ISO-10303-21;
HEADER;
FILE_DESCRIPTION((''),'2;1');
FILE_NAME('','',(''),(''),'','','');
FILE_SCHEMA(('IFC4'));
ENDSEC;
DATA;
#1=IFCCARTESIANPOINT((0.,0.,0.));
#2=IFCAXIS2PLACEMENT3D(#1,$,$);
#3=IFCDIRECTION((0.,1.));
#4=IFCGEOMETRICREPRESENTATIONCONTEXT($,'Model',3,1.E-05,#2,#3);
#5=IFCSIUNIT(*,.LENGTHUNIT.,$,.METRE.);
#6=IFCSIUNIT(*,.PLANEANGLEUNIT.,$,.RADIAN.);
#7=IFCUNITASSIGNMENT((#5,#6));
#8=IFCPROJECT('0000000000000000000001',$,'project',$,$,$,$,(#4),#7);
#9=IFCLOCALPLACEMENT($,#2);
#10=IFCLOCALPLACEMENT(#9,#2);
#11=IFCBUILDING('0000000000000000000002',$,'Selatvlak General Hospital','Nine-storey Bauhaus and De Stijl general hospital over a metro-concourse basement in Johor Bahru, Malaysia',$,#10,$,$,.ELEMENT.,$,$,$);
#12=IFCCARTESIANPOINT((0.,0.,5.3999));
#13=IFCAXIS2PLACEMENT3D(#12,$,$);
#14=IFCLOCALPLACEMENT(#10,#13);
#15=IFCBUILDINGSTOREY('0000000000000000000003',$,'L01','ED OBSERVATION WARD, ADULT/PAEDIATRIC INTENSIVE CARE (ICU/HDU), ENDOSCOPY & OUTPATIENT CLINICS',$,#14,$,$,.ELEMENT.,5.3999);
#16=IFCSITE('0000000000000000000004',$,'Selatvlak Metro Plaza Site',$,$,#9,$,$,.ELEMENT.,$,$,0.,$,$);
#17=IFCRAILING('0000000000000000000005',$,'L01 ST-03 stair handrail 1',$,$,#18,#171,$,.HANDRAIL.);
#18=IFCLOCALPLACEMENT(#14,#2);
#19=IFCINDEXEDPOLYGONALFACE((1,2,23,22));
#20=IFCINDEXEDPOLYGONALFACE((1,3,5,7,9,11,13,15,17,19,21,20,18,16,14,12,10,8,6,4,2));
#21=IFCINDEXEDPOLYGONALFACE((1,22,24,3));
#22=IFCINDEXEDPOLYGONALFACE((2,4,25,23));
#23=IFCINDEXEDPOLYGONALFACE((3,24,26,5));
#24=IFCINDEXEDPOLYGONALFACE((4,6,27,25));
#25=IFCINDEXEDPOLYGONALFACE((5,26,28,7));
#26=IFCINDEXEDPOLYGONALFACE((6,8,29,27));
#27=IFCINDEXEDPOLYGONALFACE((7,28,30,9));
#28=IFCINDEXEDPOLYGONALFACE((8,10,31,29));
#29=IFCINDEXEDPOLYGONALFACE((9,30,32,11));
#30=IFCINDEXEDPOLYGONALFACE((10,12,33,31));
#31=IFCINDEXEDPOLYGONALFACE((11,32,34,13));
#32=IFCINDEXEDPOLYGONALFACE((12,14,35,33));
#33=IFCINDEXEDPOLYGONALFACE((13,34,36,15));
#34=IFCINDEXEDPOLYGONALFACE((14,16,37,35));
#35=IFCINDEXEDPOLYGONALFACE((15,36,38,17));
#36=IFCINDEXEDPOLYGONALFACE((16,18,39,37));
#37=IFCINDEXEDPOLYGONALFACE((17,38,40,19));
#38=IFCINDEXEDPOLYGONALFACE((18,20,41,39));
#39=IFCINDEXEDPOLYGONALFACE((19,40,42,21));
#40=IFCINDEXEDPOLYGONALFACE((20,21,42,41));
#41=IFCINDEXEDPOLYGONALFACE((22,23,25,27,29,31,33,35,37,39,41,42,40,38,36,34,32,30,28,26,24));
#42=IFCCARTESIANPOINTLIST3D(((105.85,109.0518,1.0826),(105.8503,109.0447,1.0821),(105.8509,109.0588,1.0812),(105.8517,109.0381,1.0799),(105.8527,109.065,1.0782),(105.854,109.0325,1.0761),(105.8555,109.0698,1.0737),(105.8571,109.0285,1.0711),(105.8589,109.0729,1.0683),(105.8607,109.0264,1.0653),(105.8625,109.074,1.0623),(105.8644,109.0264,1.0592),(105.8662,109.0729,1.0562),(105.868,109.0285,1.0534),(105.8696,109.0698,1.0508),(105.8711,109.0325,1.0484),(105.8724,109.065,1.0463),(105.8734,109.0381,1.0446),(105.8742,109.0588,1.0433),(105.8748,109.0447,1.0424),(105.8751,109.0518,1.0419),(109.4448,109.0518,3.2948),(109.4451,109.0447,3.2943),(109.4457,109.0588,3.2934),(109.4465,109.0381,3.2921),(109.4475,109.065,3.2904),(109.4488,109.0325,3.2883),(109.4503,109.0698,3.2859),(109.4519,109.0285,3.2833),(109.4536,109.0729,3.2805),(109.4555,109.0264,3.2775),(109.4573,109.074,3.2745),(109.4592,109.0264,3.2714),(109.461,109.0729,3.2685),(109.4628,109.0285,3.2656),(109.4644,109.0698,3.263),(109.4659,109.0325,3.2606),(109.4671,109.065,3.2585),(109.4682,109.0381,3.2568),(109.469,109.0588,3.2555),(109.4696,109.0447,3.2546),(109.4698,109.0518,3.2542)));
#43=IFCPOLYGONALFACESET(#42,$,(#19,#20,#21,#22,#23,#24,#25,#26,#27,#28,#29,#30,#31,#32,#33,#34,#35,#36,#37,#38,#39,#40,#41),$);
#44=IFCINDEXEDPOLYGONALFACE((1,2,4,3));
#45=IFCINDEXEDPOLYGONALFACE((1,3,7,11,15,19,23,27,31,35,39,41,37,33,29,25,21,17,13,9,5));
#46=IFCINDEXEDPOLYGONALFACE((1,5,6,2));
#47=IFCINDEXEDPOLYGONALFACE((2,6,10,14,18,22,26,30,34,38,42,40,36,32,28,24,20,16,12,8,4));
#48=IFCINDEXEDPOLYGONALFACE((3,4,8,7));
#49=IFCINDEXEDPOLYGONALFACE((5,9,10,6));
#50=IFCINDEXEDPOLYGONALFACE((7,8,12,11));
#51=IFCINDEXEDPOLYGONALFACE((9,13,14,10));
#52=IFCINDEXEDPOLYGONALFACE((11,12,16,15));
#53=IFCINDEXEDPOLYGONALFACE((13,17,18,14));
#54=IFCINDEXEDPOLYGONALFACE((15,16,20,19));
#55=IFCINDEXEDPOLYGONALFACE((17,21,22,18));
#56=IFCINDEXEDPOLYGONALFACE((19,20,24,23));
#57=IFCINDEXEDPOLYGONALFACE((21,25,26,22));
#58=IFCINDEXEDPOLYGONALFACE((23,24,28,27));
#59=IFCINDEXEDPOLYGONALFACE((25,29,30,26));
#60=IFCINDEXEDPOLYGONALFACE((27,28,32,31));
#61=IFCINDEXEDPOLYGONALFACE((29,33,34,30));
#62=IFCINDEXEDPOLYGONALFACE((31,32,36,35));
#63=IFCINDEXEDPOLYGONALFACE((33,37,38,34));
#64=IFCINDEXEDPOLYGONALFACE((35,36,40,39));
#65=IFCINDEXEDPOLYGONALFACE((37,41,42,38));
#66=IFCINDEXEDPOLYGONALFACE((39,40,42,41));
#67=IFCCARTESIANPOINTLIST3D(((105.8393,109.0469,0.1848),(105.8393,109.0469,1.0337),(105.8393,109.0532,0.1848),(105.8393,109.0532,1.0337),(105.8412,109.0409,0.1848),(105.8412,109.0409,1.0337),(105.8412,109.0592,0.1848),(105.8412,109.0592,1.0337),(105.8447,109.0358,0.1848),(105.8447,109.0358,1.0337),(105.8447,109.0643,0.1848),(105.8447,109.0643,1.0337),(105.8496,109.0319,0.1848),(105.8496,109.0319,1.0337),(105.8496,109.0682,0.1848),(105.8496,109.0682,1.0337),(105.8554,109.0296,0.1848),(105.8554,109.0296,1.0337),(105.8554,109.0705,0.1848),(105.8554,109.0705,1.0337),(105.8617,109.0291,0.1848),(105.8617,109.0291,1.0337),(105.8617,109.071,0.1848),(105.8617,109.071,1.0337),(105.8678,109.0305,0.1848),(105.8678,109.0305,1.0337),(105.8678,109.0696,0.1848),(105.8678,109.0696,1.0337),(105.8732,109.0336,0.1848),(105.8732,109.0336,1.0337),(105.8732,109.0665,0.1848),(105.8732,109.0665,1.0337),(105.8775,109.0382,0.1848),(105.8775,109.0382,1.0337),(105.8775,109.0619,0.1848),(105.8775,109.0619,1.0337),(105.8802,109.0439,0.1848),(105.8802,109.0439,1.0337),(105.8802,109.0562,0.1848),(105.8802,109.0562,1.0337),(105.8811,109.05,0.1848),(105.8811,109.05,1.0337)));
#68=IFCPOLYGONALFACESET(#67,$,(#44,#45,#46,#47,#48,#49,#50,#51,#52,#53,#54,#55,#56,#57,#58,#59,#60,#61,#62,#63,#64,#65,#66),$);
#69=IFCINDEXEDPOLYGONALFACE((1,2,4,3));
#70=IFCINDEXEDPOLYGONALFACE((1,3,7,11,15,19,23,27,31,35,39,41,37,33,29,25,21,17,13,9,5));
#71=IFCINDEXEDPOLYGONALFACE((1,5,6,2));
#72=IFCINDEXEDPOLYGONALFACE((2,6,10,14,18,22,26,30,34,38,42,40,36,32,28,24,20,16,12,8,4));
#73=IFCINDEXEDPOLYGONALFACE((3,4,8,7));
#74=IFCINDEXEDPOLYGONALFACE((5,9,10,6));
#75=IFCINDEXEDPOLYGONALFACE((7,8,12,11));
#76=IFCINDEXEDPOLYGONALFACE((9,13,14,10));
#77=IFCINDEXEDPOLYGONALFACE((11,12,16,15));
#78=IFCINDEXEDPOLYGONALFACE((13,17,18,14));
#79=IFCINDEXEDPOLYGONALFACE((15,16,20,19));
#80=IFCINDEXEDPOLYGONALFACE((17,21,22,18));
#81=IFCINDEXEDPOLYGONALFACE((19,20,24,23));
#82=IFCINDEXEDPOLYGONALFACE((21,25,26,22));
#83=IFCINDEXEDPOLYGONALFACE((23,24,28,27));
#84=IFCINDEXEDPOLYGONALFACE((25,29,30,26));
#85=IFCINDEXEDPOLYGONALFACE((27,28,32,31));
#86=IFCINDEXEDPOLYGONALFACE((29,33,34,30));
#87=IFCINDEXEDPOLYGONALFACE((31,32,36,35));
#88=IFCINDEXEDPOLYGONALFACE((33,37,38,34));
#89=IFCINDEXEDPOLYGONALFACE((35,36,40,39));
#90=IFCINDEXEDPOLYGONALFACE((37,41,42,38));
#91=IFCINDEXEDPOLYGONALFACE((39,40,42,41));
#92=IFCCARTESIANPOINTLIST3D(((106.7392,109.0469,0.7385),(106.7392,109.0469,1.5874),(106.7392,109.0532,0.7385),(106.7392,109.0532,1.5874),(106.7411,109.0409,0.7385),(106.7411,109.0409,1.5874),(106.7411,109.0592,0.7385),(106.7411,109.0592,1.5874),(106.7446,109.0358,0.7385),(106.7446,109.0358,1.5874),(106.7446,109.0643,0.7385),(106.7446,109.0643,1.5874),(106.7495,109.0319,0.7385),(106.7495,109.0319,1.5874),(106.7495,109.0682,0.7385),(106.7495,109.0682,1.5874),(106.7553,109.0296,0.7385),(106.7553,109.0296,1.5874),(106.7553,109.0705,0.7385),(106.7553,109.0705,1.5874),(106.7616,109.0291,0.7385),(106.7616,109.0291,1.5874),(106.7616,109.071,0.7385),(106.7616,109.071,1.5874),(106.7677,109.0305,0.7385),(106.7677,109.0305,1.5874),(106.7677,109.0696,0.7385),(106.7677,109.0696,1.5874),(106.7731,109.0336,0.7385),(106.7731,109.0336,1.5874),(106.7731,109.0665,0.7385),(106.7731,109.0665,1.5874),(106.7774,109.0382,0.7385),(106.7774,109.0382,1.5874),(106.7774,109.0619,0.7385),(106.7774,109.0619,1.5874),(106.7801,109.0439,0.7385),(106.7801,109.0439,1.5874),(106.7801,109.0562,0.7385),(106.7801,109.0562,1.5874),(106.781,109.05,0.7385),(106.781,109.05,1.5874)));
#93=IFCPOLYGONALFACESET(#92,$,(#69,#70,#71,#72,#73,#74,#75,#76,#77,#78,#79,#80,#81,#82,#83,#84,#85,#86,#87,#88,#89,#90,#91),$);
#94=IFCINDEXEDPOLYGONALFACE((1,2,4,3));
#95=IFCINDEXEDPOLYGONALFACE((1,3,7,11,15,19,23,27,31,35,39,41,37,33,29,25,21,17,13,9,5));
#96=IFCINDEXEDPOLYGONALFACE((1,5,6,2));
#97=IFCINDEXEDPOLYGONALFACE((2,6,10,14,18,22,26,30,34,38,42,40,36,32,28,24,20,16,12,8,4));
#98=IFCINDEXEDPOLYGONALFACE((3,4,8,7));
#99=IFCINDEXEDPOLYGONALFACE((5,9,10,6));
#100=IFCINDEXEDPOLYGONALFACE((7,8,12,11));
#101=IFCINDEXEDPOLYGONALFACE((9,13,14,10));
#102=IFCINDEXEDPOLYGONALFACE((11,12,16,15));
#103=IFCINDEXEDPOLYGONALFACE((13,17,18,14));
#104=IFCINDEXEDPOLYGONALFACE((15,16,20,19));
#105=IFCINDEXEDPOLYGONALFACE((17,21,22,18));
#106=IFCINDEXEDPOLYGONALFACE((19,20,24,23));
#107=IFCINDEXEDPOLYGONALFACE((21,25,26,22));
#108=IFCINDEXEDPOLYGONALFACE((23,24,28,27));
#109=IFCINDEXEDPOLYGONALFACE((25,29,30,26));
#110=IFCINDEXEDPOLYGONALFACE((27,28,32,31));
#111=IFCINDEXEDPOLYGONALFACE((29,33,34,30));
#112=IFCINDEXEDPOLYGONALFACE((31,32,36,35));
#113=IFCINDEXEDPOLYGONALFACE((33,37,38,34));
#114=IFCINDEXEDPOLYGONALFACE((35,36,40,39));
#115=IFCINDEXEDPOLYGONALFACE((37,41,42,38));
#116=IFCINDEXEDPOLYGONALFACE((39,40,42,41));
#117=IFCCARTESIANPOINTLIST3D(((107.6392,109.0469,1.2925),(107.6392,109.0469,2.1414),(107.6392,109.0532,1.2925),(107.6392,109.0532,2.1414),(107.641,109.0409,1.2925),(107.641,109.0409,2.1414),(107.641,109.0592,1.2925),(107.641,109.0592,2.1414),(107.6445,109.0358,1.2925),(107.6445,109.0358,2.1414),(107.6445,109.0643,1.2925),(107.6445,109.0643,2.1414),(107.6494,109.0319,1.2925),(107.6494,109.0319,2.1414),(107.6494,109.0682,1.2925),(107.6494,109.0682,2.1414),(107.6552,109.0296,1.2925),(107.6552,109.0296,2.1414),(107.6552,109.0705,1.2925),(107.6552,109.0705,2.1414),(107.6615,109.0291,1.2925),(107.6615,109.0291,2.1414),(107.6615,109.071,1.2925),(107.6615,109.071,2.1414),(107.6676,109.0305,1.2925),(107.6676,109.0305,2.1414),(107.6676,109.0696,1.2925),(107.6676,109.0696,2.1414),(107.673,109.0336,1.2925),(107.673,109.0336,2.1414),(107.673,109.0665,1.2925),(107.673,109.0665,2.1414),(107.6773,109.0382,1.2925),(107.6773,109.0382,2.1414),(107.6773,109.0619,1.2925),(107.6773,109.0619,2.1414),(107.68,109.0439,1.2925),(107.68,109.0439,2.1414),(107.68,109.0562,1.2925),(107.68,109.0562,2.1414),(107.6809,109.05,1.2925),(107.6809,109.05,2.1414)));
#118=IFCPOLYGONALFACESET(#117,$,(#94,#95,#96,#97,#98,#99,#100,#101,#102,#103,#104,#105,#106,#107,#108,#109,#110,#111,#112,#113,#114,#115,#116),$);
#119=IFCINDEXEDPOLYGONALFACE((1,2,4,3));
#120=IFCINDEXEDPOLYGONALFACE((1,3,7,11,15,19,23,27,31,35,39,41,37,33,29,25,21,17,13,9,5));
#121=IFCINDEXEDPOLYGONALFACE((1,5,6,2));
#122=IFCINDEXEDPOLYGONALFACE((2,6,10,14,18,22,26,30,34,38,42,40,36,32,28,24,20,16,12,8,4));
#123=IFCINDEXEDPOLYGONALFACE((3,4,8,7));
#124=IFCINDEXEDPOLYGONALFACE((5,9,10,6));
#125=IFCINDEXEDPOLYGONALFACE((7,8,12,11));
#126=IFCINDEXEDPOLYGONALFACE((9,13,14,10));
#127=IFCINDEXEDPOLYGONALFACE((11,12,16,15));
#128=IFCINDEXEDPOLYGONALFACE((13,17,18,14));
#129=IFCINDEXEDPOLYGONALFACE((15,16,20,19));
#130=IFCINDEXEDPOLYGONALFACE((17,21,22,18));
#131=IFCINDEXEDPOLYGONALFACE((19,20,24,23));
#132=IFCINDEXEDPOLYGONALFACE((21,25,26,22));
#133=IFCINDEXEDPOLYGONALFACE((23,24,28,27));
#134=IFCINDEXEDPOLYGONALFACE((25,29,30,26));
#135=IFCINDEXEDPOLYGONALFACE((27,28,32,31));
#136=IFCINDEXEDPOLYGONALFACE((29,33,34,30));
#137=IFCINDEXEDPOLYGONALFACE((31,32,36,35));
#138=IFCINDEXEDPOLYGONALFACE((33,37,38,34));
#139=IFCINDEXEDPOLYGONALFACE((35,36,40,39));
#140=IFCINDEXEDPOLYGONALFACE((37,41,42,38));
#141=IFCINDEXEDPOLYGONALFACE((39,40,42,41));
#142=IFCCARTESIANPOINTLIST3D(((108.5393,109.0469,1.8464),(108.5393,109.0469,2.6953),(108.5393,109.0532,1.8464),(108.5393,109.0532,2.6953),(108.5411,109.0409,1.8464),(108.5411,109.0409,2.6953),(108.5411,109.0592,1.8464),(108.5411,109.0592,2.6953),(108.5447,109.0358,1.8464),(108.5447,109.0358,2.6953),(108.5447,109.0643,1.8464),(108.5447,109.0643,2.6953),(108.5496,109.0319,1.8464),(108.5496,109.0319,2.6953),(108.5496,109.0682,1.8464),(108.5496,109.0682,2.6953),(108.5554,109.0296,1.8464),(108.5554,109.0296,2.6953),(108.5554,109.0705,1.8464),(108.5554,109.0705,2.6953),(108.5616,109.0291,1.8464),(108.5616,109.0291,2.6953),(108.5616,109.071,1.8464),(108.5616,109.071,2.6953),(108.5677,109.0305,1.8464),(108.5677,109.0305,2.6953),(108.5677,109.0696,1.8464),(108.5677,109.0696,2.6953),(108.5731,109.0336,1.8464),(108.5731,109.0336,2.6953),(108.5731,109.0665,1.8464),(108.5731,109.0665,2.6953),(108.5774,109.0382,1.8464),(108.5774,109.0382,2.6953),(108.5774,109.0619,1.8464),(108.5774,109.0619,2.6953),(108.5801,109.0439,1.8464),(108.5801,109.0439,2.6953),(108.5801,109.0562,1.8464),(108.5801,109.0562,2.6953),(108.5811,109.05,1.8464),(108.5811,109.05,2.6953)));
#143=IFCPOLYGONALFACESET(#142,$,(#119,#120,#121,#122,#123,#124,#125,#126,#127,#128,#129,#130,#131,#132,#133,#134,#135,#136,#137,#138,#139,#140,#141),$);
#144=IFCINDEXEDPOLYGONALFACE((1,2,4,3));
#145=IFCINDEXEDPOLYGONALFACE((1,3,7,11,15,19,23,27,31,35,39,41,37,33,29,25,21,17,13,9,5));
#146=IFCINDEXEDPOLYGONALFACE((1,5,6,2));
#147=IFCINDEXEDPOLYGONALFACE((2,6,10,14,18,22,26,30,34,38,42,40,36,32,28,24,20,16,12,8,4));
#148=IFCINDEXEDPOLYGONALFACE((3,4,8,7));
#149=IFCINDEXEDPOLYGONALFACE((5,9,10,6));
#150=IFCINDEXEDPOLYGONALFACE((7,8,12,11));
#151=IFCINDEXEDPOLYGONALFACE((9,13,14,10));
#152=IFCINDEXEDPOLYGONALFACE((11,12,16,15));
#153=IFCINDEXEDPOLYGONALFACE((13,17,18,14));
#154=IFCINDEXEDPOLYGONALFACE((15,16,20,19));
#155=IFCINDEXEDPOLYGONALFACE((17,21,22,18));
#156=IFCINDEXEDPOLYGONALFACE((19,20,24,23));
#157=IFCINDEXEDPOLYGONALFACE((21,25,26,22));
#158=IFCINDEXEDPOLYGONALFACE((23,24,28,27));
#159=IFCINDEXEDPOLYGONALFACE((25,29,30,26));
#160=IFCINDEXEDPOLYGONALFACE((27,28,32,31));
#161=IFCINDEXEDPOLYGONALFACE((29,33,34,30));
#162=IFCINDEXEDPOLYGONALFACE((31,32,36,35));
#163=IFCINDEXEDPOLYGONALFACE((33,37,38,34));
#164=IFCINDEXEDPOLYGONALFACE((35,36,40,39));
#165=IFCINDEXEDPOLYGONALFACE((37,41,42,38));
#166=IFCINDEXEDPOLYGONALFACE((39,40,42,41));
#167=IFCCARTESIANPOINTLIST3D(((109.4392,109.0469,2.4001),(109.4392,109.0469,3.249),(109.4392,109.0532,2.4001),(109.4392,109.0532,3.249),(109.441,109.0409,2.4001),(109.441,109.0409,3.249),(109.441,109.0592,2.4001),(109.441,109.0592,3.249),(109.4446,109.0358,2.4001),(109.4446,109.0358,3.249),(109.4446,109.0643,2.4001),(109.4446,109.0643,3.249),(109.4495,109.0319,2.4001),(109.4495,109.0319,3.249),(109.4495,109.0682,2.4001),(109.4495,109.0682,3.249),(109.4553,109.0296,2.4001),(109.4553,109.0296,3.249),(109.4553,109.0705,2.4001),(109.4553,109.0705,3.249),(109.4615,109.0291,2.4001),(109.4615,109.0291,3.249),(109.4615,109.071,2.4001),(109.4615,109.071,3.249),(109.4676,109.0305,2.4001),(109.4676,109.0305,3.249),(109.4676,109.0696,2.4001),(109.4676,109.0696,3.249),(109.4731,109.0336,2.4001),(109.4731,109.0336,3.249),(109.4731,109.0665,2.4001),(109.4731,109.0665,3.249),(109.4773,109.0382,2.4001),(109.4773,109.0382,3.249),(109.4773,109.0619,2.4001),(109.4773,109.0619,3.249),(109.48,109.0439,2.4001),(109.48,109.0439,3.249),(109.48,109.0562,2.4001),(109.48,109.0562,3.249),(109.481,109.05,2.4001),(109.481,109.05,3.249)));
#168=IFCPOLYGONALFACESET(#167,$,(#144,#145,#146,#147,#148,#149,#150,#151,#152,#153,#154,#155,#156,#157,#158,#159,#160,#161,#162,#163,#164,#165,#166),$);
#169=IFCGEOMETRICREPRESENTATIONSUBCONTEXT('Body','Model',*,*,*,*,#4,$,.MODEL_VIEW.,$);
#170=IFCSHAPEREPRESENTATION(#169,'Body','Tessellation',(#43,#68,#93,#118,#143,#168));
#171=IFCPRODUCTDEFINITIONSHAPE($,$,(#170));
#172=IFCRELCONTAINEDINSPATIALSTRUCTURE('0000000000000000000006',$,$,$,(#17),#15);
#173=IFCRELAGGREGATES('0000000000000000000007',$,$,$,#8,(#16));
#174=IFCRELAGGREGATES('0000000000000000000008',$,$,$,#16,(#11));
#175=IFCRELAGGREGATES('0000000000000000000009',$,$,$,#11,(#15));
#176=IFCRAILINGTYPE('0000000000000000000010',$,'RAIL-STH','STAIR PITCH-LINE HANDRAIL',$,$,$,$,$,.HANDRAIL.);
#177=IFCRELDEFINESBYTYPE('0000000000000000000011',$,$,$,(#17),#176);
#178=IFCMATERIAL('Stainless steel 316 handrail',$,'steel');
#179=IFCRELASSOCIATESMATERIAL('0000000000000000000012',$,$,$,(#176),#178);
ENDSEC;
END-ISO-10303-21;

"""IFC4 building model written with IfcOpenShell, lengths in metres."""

from ifc_helpers import new_model, si_unit, direction, frame, origin, origin_2d, place, context, subcontext, project, spatial, circle, extrude, material, type_object, element, save


model = new_model("IFC4")

# Units and contexts
model_context = context("Model", 3, precision=1e-05, world=origin(), true_north=direction((0.0, 1.0)))
body_context = subcontext(model_context, "Body", "Model", "MODEL_VIEW")
ifc_project = project(units=[si_unit("LENGTHUNIT", "METRE"), si_unit("PLANEANGLEUNIT", "RADIAN")], contexts=[model_context])

# Site, building, storey
site_placement = place(None, origin())
site = spatial("IfcSite", under=ifc_project, at=site_placement, Name="Selatvlak Metro Plaza Site", CompositionType="ELEMENT", RefElevation=0.0)
building_placement = place(site_placement, origin())
building = spatial("IfcBuilding", under=site, at=building_placement, Name="Selatvlak General Hospital", Description="Nine-storey Bauhaus and De Stijl general hospital over a metro-concourse basement in Johor Bahru, Malaysia", CompositionType="ELEMENT")
storey_placement = place(building_placement, frame((0.0, 0.0, 5.3999)))
storey = spatial("IfcBuildingStorey", under=building, at=storey_placement, Name="L01", Description="ED OBSERVATION WARD, ADULT/PAEDIATRIC INTENSIVE CARE (ICU/HDU), ENDOSCOPY & OUTPATIENT CLINICS", CompositionType="ELEMENT", Elevation=5.3999)

# Railing
ifc_material_1 = material(Name="Stainless steel 316 handrail", Category="steel")
railing_type_1 = type_object("IfcRailingType", Name="RAIL-STH", Description="STAIR PITCH-LINE HANDRAIL", PredefinedType="HANDRAIL", material=ifc_material_1)
railing_1_placement = place(storey_placement, frame((105.8601, 109.05, 0.1848)))
element("IfcRailing", 1, at=railing_1_placement, inside=storey, type_object=railing_type_1, Name="L01 ST-03 stair handrail 1", PredefinedType="HANDRAIL", context=body_context, shape_type="SweptSolid", body=[
    extrude(circle(Radius=0.0239, at=origin_2d()), frame((0.0024, 0.0, 0.8774), z_axis=(0.851654, 0.0, 0.524104), x_axis=(0.0, 1.0, 0.0)), (0.0, 0.0, 1.0), 4.2209),
    extrude(circle(Radius=0.021, at=origin_2d()), origin(), (0.0, 0.0, 1.0), 0.8489),
    extrude(circle(Radius=0.021, at=origin_2d()), frame((0.8999, 0.0, 0.5537)), (0.0, 0.0, 1.0), 0.8489),
    extrude(circle(Radius=0.021, at=origin_2d()), frame((1.7998, 0.0, 1.1077)), (0.0, 0.0, 1.0), 0.8489),
    extrude(circle(Radius=0.021, at=origin_2d()), frame((2.7, 0.0, 1.6616)), (0.0, 0.0, 1.0), 0.8489),
    extrude(circle(Radius=0.021, at=origin_2d()), frame((3.5999, 0.0, 2.2153)), (0.0, 0.0, 1.0), 0.8489),
])

save(model, "model.ifc")
